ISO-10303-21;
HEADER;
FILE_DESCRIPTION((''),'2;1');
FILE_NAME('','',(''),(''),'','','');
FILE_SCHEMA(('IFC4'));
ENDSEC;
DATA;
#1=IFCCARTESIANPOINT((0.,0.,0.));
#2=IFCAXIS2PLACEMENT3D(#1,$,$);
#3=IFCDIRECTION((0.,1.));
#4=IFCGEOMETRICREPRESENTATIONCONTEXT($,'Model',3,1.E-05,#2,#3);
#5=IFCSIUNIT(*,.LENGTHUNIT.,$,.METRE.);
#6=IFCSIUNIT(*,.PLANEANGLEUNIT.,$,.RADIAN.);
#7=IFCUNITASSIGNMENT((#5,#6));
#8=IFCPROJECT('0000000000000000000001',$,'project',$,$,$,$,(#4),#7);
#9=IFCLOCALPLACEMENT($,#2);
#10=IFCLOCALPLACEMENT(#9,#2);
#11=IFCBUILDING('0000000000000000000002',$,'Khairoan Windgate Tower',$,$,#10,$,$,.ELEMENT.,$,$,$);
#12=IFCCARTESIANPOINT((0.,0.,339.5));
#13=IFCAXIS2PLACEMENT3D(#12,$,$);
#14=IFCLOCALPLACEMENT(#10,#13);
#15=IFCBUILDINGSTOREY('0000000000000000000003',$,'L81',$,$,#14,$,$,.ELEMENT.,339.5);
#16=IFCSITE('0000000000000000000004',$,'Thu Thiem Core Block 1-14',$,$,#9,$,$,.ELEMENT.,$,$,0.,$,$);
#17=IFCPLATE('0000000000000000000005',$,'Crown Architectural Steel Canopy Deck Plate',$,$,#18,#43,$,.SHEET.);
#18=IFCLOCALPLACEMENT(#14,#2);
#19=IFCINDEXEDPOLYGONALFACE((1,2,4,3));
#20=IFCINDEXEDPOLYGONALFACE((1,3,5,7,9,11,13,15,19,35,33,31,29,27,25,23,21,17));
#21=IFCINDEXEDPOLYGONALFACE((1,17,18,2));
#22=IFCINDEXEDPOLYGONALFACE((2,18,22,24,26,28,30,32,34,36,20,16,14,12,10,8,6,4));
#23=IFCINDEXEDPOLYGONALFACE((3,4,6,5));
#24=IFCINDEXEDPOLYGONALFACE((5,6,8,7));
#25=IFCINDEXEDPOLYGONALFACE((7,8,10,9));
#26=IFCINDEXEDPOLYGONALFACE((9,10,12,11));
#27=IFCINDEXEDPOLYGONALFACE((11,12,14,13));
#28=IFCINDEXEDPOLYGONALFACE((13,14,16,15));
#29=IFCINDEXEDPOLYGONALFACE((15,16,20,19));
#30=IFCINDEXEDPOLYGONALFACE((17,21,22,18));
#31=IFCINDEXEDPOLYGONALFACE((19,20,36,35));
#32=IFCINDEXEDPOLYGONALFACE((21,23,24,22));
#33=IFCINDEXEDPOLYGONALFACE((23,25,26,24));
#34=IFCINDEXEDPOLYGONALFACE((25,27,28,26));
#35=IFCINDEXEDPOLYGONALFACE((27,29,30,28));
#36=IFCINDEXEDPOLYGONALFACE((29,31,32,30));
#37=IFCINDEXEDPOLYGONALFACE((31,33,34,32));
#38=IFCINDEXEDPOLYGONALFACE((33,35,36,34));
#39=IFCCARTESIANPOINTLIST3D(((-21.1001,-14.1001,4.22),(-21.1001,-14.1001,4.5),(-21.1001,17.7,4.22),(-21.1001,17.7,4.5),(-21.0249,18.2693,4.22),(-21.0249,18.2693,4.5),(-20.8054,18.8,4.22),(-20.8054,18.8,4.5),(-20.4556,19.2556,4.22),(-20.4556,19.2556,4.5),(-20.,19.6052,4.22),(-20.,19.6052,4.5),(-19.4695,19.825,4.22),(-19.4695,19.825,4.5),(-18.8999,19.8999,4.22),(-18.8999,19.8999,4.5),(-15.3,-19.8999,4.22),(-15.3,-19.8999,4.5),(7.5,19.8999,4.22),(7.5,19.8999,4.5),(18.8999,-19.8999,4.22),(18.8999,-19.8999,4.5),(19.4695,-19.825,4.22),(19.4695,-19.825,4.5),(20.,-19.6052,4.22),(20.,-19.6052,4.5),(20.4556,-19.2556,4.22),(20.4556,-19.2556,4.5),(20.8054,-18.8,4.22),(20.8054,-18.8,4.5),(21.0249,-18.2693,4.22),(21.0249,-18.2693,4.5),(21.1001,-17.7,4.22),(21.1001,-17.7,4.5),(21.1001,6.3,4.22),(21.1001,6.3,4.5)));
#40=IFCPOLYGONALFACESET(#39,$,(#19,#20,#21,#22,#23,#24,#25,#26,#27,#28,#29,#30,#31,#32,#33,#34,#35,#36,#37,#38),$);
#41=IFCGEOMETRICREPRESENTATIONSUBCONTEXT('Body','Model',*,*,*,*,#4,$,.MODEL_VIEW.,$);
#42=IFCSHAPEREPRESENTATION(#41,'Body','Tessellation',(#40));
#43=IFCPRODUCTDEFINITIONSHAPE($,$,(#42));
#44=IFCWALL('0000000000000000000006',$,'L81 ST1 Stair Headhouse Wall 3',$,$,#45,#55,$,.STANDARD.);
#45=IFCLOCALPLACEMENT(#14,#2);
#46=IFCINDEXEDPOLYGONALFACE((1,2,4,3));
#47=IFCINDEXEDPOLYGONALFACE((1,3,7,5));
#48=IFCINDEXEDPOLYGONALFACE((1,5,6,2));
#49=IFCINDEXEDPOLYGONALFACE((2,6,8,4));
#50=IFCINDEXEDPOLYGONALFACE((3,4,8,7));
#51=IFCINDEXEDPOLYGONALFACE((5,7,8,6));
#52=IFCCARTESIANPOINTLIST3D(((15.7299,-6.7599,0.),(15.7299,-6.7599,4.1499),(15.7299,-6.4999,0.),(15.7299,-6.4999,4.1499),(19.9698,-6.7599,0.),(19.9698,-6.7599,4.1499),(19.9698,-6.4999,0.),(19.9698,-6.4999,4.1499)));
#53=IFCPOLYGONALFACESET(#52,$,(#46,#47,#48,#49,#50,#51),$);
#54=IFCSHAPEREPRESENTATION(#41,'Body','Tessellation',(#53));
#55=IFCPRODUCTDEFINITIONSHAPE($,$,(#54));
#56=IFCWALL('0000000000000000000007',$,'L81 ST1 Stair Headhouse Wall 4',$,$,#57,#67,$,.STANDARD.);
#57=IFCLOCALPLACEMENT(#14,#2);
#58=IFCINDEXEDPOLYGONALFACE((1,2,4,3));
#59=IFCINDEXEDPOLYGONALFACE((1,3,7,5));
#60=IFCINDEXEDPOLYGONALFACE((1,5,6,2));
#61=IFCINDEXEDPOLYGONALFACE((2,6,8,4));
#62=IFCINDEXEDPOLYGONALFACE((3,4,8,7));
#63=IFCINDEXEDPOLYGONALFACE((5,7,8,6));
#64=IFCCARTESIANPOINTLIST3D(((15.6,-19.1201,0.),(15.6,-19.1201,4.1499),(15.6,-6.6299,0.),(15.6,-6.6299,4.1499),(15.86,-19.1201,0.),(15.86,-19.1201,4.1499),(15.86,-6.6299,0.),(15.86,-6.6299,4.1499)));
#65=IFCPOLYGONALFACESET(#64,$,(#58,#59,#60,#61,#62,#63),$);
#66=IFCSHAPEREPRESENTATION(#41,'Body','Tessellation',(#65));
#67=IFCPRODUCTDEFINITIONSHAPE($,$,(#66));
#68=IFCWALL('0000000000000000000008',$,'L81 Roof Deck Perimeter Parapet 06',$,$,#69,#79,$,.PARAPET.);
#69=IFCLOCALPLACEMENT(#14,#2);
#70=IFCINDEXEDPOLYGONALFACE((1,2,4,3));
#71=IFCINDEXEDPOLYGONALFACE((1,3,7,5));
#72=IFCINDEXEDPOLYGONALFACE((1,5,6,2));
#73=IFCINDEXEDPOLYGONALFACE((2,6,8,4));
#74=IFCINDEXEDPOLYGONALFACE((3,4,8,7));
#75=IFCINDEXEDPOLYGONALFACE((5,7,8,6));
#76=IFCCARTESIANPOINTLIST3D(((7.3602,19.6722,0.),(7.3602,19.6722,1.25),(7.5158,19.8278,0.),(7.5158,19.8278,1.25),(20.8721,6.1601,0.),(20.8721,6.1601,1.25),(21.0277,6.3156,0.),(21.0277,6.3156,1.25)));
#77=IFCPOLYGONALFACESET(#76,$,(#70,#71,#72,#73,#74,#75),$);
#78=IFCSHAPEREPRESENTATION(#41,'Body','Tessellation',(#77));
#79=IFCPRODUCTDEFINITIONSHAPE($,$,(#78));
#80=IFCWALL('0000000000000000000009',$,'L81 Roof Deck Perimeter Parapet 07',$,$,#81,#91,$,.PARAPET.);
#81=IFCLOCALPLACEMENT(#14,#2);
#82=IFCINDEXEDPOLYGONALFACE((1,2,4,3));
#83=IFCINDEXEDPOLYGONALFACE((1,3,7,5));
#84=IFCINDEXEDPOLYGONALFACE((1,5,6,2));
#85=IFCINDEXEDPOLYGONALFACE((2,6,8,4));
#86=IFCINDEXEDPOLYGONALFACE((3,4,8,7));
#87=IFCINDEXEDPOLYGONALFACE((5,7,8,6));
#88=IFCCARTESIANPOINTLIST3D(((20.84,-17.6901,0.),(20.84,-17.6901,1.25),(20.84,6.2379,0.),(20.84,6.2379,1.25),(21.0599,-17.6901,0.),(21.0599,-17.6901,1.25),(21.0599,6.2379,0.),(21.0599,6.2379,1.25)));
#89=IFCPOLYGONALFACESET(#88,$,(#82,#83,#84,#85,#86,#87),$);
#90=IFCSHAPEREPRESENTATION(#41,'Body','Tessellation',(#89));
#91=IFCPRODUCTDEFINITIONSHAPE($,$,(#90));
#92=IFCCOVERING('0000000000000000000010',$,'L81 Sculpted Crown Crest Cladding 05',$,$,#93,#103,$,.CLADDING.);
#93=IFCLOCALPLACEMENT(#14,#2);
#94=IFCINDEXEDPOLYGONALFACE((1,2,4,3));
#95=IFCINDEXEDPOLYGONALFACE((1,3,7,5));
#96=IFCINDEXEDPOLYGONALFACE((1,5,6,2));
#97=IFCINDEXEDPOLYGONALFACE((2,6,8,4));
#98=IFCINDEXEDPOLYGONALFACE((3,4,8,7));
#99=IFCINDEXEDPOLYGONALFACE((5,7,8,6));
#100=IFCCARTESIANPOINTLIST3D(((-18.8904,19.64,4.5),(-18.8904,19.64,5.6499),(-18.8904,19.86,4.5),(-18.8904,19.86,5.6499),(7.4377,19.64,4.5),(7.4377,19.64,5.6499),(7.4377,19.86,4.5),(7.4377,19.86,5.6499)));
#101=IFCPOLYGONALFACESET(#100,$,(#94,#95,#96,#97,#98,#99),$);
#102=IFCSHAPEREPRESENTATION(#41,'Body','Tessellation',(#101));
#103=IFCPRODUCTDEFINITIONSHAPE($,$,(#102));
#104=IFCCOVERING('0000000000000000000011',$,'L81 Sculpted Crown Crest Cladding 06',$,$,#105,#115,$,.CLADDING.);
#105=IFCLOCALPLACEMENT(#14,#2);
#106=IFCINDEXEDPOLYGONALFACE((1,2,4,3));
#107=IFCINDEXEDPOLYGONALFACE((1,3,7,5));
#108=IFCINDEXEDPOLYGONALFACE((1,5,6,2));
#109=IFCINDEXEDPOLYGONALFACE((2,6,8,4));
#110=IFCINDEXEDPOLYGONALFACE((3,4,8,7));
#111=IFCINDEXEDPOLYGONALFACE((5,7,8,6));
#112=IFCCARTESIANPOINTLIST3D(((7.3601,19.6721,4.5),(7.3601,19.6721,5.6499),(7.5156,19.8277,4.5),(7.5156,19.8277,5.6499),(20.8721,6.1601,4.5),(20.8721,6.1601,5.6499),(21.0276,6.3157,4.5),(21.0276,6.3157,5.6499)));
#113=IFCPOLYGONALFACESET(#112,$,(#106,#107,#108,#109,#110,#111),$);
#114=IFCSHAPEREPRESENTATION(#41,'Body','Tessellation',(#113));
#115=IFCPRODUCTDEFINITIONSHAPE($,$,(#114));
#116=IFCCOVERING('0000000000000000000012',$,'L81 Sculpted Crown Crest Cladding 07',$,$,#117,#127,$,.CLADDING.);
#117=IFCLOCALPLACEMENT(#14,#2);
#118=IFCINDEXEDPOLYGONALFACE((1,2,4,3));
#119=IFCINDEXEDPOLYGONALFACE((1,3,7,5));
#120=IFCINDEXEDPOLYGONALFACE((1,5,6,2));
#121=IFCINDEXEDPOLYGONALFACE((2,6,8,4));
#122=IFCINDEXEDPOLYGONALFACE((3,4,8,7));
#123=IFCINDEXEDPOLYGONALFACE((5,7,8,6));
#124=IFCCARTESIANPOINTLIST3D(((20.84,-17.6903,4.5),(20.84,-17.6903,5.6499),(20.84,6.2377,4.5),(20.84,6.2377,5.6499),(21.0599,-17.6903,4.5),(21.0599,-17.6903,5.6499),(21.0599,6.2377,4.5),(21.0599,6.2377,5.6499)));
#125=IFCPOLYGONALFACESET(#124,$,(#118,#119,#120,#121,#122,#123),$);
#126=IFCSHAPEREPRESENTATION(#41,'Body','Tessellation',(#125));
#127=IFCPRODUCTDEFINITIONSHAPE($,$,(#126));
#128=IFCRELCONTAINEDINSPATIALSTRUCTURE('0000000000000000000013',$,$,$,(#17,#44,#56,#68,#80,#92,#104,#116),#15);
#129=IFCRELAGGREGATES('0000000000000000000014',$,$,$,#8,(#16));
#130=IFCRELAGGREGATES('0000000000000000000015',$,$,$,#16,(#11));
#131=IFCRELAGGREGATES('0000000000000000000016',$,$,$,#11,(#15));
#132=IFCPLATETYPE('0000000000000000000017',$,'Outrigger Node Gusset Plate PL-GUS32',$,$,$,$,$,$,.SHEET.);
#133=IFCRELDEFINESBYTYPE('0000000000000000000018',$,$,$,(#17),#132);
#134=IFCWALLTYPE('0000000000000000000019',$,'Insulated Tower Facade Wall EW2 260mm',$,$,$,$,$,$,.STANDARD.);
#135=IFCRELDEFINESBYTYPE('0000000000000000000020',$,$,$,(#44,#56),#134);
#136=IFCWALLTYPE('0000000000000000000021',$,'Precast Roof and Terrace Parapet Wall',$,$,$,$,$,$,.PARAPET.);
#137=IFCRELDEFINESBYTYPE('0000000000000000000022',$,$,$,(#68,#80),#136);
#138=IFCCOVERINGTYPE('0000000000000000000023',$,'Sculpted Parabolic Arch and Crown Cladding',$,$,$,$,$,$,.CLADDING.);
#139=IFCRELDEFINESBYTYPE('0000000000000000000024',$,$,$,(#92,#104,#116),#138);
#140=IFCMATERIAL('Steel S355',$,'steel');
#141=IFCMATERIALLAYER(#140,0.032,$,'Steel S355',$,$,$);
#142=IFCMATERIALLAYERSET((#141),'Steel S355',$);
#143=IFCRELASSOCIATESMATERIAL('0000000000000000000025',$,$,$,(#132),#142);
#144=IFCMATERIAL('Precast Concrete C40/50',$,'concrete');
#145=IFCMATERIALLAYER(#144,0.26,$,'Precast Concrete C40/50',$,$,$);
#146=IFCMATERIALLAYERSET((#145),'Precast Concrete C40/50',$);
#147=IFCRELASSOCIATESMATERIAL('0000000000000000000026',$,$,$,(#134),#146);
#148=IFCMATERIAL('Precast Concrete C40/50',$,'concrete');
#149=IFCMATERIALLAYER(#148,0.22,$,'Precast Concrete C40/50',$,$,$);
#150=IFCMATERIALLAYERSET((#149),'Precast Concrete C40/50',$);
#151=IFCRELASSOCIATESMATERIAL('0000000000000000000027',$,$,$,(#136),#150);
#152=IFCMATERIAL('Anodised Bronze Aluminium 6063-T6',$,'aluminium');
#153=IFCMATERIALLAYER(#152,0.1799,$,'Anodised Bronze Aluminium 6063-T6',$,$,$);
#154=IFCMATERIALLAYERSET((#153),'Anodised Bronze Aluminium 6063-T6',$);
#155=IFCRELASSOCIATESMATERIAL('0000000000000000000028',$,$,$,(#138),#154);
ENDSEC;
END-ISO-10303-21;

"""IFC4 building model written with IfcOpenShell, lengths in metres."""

from ifc_helpers import new_model, si_unit, direction, frame, frame_2d, origin, origin_2d, place, context, subcontext, project, spatial, polyline, rectangle, outline, extrude, material, layer, layer_set, type_object, element, save


model = new_model("IFC4")

# Units and contexts
model_context = context("Model", 3, precision=1e-05, world=origin(), true_north=direction((0.0, 1.0)))
body_context = subcontext(model_context, "Body", "Model", "MODEL_VIEW")
ifc_project = project(units=[si_unit("LENGTHUNIT", "METRE"), si_unit("PLANEANGLEUNIT", "RADIAN")], contexts=[model_context])

# Site, building, storey
site_placement = place(None, origin())
site = spatial("IfcSite", under=ifc_project, at=site_placement, Name="Thu Thiem Core Block 1-14", CompositionType="ELEMENT", RefElevation=0.0)
building_placement = place(site_placement, origin())
building = spatial("IfcBuilding", under=site, at=building_placement, Name="Khairoan Windgate Tower", CompositionType="ELEMENT")
storey_placement = place(building_placement, frame((0.0, 0.0, 339.5)))
storey = spatial("IfcBuildingStorey", under=building, at=storey_placement, Name="L81", CompositionType="ELEMENT", Elevation=339.5)

# Plate
ifc_material_1 = material(Name="Steel S355", Category="steel")
ifc_layer_1 = layer(ifc_material_1, 0.032, Name="Steel S355")
ifc_layer_set_1 = layer_set([ifc_layer_1], Name="Steel S355")
plate_type = type_object("IfcPlateType", Name="Outrigger Node Gusset Plate PL-GUS32", PredefinedType="SHEET", material=ifc_layer_set_1)
plate_1_placement = place(storey_placement, frame((0.0, 0.0, 4.22)))
element("IfcPlate", 1, at=plate_1_placement, inside=storey, type_object=plate_type, Name="Crown Architectural Steel Canopy Deck Plate", PredefinedType="SHEET", context=body_context, shape_type="SweptSolid", body=[
    extrude(outline(polyline([(18.8999, -19.8999), (19.4695, -19.825), (20.0, -19.6052), (20.4556, -19.2556), (20.8054, -18.8), (21.0249, -18.2693), (21.1001, -17.7), (21.1001, 6.3), (7.5, 19.8999), (-18.8999, 19.8999), (-19.4695, 19.825), (-20.0, 19.6052), (-20.4556, 19.2556), (-20.8054, 18.8), (-21.0249, 18.2693), (-21.1001, 17.7), (-21.1001, -14.1001), (-15.3, -19.8999), (18.8999, -19.8999)])), origin(), (0.0, 0.0, 1.0), 0.28),
])

# Walls
ifc_material_2 = material(Name="Precast Concrete C40/50", Category="concrete")
ifc_layer_2 = layer(ifc_material_2, 0.26, Name="Precast Concrete C40/50")
ifc_layer_set_2 = layer_set([ifc_layer_2], Name="Precast Concrete C40/50")
wall_type_1 = type_object("IfcWallType", Name="Insulated Tower Facade Wall EW2 260mm", PredefinedType="STANDARD", material=ifc_layer_set_2)
wall_1_placement = place(storey_placement, frame((19.97, -6.6299, 0.0), z_axis=(0.0, 0.0, 1.0), x_axis=(-1.0, 0.0, 0.0)))
element("IfcWall", 2, at=wall_1_placement, inside=storey, type_object=wall_type_1, Name="L81 ST1 Stair Headhouse Wall 3", PredefinedType="STANDARD", context=body_context, shape_type="SweptSolid", body=[
    extrude(rectangle(XDim=4.24, YDim=0.26, at=frame_2d((2.1201, 0.0))), origin(), (0.0, 0.0, 1.0), 4.1499),
])
wall_2_placement = place(storey_placement, frame((15.73, -6.6299, 0.0), z_axis=(0.0, 0.0, 1.0), x_axis=(0.0, -1.0, 0.0)))
element("IfcWall", 3, at=wall_2_placement, inside=storey, type_object=wall_type_1, Name="L81 ST1 Stair Headhouse Wall 4", PredefinedType="STANDARD", context=body_context, shape_type="SweptSolid", body=[
    extrude(rectangle(XDim=12.4902, YDim=0.26, at=frame_2d((6.2451, 0.0))), origin(), (0.0, 0.0, 1.0), 4.1499),
])
ifc_material_3 = material(Name="Precast Concrete C40/50", Category="concrete")
ifc_layer_3 = layer(ifc_material_3, 0.22, Name="Precast Concrete C40/50")
ifc_layer_set_3 = layer_set([ifc_layer_3], Name="Precast Concrete C40/50")
wall_type_2 = type_object("IfcWallType", Name="Precast Roof and Terrace Parapet Wall", PredefinedType="PARAPET", material=ifc_layer_set_3)
wall_3_placement = place(storey_placement, frame((7.438, 19.75, 0.0), z_axis=(0.0, 0.0, 1.0), x_axis=(0.7071, -0.707113, 0.0)))
element("IfcWall", 4, at=wall_3_placement, inside=storey, type_object=wall_type_2, Name="L81 Roof Deck Perimeter Parapet 06", PredefinedType="PARAPET", context=body_context, shape_type="SweptSolid", body=[
    extrude(rectangle(XDim=19.1089, YDim=0.22, at=frame_2d((9.5544, 0.0))), origin(), (0.0, 0.0, 1.0), 1.25),
])
wall_4_placement = place(storey_placement, frame((20.95, 6.2378, 0.0), z_axis=(0.0, 0.0, 1.0), x_axis=(0.0, -1.0, 0.0)))
element("IfcWall", 5, at=wall_4_placement, inside=storey, type_object=wall_type_2, Name="L81 Roof Deck Perimeter Parapet 07", PredefinedType="PARAPET", context=body_context, shape_type="SweptSolid", body=[
    extrude(rectangle(XDim=23.928, YDim=0.22, at=frame_2d((11.9639, 0.0))), origin(), (0.0, 0.0, 1.0), 1.25),
])

# Coverings
ifc_material_4 = material(Name="Anodised Bronze Aluminium 6063-T6", Category="aluminium")
ifc_layer_4 = layer(ifc_material_4, 0.1799, Name="Anodised Bronze Aluminium 6063-T6")
ifc_layer_set_4 = layer_set([ifc_layer_4], Name="Anodised Bronze Aluminium 6063-T6")
covering_type = type_object("IfcCoveringType", Name="Sculpted Parabolic Arch and Crown Cladding", PredefinedType="CLADDING", material=ifc_layer_set_4)
covering_1_placement = place(storey_placement, frame((-5.7263, 19.75, 4.5), z_axis=(0.0, 0.0, 1.0), x_axis=(1.0, 0.0, 0.0)))
element("IfcCovering", 6, at=covering_1_placement, inside=storey, type_object=covering_type, Name="L81 Sculpted Crown Crest Cladding 05", PredefinedType="CLADDING", context=body_context, shape_type="SweptSolid", body=[
    extrude(rectangle(XDim=26.3281, YDim=0.22, at=origin_2d()), origin(), (0.0, 0.0, 1.0), 1.1499),
])
covering_2_placement = place(storey_placement, frame((14.1938, 12.9939, 4.5), z_axis=(0.0, 0.0, 1.0), x_axis=(0.707107, -0.707107, 0.0)))
element("IfcCovering", 7, at=covering_2_placement, inside=storey, type_object=covering_type, Name="L81 Sculpted Crown Crest Cladding 06", PredefinedType="CLADDING", context=body_context, shape_type="SweptSolid", body=[
    extrude(rectangle(XDim=19.1089, YDim=0.22, at=origin_2d()), origin(), (0.0, 0.0, 1.0), 1.1499),
])
covering_3_placement = place(storey_placement, frame((20.95, -5.7263, 4.5), z_axis=(0.0, 0.0, 1.0), x_axis=(0.0, -1.0, 0.0)))
element("IfcCovering", 8, at=covering_3_placement, inside=storey, type_object=covering_type, Name="L81 Sculpted Crown Crest Cladding 07", PredefinedType="CLADDING", context=body_context, shape_type="SweptSolid", body=[
    extrude(rectangle(XDim=23.928, YDim=0.22, at=origin_2d()), origin(), (0.0, 0.0, 1.0), 1.1499),
])

save(model, "model.ifc")
